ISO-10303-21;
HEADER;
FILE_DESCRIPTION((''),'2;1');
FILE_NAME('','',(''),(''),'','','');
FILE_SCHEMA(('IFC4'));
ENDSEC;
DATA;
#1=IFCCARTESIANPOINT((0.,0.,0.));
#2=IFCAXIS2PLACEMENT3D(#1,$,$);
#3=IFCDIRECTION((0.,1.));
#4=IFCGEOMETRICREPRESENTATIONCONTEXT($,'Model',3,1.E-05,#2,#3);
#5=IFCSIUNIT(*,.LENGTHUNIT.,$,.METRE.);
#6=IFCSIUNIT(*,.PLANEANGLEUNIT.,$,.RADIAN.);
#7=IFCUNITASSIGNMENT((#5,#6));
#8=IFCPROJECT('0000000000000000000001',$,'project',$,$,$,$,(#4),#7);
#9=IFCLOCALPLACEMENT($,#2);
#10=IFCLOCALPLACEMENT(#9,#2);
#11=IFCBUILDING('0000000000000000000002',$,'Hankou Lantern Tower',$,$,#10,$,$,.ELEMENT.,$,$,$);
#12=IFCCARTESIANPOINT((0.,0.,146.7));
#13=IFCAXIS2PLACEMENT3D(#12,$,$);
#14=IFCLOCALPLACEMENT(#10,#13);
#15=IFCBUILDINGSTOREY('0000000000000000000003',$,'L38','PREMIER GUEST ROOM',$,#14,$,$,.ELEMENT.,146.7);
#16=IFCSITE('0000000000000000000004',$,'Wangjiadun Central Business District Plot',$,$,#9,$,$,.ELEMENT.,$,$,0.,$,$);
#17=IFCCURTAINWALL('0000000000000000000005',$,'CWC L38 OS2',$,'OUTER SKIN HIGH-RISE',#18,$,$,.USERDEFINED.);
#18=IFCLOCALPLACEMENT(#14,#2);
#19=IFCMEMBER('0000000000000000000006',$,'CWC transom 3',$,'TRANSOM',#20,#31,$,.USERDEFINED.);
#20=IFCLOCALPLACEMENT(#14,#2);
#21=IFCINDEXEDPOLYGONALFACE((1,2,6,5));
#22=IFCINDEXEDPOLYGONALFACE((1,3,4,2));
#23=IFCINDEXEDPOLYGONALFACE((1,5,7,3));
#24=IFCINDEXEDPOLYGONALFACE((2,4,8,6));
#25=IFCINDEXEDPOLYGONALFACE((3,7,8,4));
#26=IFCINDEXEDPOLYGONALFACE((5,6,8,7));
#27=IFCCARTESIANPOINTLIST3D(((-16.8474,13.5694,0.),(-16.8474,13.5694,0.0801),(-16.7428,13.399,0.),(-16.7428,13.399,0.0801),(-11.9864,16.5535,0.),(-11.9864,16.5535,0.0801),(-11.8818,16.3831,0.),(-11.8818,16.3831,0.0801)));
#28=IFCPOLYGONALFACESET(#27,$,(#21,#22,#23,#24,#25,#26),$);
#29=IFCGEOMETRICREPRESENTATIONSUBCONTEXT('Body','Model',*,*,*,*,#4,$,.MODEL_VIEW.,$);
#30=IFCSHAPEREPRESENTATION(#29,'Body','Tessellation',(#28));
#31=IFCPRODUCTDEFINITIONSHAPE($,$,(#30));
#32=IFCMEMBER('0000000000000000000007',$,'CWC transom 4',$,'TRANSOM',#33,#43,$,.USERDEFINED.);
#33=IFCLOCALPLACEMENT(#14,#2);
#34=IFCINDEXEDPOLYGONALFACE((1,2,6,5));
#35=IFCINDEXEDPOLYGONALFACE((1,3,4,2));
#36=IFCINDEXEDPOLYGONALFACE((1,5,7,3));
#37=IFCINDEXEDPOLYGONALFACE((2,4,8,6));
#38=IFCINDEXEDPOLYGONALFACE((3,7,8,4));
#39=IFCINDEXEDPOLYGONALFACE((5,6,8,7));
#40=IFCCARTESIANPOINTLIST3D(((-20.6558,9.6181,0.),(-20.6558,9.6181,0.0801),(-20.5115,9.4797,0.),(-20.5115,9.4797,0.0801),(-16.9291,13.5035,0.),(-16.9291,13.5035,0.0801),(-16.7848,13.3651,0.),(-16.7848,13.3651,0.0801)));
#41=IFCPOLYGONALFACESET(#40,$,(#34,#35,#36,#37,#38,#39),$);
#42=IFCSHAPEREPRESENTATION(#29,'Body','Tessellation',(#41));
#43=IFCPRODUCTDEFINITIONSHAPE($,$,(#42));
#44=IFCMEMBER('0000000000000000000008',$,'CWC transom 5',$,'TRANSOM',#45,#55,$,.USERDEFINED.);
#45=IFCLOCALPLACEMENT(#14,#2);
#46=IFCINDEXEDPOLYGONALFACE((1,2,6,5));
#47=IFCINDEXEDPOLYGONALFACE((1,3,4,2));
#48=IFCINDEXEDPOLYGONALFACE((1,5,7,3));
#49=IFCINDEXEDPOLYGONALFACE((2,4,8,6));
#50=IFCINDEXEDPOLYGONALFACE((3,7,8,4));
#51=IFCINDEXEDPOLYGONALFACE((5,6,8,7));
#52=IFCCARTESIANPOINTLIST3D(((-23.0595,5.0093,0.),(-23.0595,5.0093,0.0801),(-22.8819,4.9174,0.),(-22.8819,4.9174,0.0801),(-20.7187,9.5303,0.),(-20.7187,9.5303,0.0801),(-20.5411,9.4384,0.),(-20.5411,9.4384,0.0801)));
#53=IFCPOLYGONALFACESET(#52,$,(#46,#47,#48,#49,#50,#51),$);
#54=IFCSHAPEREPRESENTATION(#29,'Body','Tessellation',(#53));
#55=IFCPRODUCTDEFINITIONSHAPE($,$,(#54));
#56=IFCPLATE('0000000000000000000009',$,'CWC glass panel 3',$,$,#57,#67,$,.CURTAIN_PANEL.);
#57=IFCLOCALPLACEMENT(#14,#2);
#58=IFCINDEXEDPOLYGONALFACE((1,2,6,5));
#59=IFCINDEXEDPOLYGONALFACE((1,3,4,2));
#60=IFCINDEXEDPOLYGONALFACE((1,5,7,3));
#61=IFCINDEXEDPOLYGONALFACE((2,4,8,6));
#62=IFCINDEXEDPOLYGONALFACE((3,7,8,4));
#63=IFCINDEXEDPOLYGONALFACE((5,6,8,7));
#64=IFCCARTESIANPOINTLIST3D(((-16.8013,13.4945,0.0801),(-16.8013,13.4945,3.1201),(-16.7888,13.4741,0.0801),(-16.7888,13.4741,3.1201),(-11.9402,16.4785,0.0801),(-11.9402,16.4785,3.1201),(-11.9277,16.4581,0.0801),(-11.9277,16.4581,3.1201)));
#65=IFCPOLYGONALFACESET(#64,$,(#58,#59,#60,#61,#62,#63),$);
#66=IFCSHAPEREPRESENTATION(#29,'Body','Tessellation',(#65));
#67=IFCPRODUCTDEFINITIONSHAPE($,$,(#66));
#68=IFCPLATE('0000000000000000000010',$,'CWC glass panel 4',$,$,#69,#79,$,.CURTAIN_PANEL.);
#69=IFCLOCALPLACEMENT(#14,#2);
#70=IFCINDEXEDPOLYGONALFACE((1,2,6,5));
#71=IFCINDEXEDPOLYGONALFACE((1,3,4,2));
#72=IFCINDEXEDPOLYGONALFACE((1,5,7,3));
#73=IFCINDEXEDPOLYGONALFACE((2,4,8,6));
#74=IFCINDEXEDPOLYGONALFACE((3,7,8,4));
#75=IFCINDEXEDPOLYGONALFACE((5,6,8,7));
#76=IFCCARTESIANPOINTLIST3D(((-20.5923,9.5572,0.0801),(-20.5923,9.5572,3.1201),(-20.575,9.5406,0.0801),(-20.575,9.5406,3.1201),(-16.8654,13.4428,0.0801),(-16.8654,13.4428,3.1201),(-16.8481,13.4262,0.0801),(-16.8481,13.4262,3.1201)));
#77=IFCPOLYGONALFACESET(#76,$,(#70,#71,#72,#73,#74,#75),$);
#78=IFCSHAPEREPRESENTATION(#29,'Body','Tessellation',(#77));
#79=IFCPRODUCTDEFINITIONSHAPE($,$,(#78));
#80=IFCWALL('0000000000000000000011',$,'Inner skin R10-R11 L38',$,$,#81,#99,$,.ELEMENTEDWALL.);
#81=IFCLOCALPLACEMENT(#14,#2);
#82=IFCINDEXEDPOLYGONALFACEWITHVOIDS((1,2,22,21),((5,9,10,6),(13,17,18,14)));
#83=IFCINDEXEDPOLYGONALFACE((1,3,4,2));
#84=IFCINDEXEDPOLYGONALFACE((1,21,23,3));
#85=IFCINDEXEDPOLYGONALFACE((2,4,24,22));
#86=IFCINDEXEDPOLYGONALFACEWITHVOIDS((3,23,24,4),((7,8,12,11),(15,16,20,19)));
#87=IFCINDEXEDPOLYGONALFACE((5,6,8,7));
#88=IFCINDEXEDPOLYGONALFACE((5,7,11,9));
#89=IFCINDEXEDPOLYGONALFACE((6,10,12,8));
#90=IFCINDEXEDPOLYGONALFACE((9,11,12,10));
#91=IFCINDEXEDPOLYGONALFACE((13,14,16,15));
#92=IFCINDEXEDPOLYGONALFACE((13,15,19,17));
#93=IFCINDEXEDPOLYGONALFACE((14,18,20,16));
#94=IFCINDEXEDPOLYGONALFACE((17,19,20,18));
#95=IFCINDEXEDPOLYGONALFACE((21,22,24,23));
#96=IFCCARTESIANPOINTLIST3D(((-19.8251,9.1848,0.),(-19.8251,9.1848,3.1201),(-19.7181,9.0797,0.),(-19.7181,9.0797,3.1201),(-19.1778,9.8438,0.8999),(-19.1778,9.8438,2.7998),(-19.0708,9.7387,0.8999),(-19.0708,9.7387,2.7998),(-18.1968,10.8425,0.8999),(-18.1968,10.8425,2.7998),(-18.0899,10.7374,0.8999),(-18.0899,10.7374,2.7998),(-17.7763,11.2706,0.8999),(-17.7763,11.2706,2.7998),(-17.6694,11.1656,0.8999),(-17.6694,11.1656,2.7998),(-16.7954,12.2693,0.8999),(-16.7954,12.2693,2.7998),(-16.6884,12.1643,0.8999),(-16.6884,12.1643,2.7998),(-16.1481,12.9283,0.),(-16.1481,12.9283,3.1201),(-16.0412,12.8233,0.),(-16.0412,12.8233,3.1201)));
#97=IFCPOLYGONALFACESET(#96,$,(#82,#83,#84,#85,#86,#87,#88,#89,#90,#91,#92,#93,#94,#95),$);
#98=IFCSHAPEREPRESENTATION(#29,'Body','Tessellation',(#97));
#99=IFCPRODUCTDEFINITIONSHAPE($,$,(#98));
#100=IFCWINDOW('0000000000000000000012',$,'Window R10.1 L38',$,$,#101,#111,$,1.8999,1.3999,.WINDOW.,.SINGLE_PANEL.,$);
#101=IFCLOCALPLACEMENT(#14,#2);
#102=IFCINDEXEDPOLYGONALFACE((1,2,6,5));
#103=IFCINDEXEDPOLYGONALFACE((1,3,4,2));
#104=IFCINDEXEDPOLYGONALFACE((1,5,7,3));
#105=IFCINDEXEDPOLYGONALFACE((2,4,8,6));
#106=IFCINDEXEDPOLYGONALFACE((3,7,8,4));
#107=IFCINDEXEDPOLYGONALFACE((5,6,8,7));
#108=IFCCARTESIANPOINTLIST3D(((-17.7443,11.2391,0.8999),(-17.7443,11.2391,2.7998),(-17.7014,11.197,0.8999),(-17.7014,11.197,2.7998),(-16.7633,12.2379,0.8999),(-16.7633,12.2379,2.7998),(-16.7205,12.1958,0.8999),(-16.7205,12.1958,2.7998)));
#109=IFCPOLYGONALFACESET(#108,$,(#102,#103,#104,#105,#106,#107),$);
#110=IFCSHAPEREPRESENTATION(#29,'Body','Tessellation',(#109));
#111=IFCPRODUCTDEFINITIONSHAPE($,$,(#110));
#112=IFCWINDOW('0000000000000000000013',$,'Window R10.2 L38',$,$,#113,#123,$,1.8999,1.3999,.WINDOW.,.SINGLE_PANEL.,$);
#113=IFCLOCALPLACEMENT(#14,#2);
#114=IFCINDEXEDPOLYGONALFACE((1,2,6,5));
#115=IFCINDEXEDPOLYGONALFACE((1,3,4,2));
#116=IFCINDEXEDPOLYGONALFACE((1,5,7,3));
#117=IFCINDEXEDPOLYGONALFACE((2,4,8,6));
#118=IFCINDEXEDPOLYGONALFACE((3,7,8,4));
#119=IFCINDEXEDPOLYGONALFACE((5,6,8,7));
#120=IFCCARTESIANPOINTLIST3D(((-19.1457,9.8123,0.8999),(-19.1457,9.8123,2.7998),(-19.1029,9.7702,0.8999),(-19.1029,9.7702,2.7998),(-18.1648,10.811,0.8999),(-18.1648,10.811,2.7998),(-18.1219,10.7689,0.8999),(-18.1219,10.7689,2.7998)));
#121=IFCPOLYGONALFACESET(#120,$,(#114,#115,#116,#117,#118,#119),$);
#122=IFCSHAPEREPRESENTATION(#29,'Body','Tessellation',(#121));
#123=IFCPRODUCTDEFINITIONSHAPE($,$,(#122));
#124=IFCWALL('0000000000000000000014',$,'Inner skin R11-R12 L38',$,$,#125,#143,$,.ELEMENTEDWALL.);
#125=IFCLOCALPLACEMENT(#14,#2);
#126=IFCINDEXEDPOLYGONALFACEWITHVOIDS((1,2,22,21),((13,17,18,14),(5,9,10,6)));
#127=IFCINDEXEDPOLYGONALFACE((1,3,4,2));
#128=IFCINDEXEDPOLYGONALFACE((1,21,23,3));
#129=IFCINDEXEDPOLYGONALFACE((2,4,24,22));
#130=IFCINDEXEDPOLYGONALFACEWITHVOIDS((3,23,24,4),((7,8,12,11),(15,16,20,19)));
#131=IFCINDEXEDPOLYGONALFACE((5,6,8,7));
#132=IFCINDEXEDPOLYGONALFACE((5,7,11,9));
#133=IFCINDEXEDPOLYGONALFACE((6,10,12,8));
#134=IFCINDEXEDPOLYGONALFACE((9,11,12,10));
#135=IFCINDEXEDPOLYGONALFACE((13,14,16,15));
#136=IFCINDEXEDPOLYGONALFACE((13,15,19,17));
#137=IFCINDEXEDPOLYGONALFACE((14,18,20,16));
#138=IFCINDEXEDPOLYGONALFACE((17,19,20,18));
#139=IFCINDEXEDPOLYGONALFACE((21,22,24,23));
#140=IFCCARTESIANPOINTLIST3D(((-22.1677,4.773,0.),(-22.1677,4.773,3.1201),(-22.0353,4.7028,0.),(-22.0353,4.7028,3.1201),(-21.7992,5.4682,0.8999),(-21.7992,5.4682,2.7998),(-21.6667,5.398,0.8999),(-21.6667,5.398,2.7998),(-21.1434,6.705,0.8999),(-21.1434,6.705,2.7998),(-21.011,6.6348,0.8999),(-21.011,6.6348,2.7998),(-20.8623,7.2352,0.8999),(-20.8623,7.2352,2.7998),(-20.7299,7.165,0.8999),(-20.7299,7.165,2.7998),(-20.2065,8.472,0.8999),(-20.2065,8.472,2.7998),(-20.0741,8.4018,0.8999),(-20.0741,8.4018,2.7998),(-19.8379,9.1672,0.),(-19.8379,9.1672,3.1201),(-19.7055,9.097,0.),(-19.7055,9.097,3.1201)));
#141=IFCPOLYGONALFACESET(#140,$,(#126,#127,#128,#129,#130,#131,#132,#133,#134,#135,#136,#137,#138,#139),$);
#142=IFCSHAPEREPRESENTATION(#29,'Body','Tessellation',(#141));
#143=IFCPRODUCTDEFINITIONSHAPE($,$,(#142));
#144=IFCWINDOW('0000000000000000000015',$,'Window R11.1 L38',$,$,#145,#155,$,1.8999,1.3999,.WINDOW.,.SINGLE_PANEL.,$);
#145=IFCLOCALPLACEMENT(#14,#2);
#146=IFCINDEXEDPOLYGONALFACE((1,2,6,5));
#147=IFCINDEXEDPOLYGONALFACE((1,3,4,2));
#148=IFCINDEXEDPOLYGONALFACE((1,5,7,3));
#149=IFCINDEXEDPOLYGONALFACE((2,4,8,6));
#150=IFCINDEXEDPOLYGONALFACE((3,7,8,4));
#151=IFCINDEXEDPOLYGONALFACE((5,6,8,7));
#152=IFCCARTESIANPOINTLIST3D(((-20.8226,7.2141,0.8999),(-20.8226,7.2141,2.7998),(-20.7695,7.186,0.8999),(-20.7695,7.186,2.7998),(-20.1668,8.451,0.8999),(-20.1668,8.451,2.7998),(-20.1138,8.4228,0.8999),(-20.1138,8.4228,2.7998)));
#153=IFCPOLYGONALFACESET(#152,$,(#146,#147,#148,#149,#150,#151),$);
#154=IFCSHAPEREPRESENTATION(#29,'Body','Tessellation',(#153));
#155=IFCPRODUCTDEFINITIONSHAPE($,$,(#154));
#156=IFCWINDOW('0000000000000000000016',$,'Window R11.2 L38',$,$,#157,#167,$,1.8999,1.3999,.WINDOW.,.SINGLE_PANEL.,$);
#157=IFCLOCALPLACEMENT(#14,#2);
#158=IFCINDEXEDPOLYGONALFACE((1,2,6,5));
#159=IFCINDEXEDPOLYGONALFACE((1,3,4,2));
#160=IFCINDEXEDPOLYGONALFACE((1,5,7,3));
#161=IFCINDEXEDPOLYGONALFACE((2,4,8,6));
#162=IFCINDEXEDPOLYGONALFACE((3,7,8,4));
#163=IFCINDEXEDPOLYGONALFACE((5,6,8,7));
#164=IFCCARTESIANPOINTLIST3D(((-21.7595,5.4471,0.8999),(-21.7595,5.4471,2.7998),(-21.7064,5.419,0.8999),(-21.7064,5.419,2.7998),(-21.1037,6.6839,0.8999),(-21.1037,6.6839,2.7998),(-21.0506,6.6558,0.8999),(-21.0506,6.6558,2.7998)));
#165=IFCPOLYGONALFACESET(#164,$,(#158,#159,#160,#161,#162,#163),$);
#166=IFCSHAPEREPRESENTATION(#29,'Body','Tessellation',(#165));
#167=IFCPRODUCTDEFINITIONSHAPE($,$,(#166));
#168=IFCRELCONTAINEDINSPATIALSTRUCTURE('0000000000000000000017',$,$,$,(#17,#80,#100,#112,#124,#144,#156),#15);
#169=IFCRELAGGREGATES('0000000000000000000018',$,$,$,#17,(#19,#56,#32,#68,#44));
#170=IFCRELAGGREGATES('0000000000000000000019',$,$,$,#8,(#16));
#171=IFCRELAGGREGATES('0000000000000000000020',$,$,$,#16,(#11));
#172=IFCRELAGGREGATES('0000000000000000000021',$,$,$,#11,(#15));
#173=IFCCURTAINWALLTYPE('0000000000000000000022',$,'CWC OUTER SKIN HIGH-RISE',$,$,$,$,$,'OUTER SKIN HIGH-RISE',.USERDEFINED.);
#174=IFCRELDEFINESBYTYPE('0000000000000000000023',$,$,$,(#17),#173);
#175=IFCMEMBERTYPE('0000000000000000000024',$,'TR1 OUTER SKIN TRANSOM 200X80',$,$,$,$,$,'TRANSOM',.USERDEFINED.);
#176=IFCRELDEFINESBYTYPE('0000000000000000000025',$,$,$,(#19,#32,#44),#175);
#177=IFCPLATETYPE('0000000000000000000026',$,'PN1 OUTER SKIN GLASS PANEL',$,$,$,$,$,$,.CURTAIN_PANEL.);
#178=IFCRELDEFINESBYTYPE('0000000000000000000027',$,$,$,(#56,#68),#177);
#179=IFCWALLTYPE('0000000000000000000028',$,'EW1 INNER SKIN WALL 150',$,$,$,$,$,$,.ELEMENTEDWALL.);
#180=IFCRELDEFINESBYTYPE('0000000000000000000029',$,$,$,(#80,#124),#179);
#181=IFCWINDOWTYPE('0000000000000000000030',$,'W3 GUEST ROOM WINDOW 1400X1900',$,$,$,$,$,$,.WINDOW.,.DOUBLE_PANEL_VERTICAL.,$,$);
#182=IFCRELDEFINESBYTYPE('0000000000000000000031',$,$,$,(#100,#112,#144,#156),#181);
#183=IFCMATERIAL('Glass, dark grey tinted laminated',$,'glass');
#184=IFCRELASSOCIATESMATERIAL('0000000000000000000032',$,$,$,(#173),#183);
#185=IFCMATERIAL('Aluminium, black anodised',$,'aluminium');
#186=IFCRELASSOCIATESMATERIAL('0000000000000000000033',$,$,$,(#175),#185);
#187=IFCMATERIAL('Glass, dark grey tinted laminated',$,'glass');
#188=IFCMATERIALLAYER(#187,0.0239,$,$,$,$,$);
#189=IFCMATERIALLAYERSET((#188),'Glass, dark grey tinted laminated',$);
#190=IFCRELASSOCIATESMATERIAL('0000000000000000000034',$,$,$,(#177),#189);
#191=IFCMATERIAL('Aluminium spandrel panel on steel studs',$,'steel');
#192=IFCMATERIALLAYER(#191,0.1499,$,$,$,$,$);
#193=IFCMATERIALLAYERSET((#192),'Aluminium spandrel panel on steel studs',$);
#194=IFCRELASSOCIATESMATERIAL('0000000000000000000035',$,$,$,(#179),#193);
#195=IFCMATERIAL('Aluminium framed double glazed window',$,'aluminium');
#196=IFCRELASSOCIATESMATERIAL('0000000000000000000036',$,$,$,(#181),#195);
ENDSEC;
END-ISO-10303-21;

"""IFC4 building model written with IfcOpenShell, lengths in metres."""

from ifc_helpers import new_model, si_unit, direction, frame, frame_2d, origin, origin_2d, place, context, subcontext, project, spatial, rectangle, extrude, material, layer, layer_set, material_profile, profile_set, type_object, element, fill, aggregate, save


model = new_model("IFC4")

# Units and contexts
model_context = context("Model", 3, precision=1e-05, world=origin(), true_north=direction((0.0, 1.0)))
body_context = subcontext(model_context, "Body", "Model", "MODEL_VIEW")
ifc_project = project(units=[si_unit("LENGTHUNIT", "METRE"), si_unit("PLANEANGLEUNIT", "RADIAN")], contexts=[model_context])

# Site, building, storey
site_placement = place(None, origin())
site = spatial("IfcSite", under=ifc_project, at=site_placement, Name="Wangjiadun Central Business District Plot", CompositionType="ELEMENT", RefElevation=0.0)
building_placement = place(site_placement, origin())
building = spatial("IfcBuilding", under=site, at=building_placement, Name="Hankou Lantern Tower", CompositionType="ELEMENT")
storey_placement = place(building_placement, frame((0.0, 0.0, 146.7)))
storey = spatial("IfcBuildingStorey", under=building, at=storey_placement, Name="L38", Description="PREMIER GUEST ROOM", CompositionType="ELEMENT", Elevation=146.7)

# Curtain wall
ifc_material_1 = material(Name="Glass, dark grey tinted laminated", Category="glass")
curtain_wall_type = type_object("IfcCurtainWallType", Name="CWC OUTER SKIN HIGH-RISE", ElementType="OUTER SKIN HIGH-RISE", PredefinedType="USERDEFINED", material=ifc_material_1)
curtain_wall_placement = place(storey_placement, origin())
curtain_wall = element("IfcCurtainWall", 1, at=curtain_wall_placement, inside=storey, type_object=curtain_wall_type, Name="CWC L38 OS2", ObjectType="OUTER SKIN HIGH-RISE", PredefinedType="USERDEFINED")

# Members
ifc_material_2 = material(Name="Aluminium, black anodised", Category="aluminium")
ifc_material_profile_1 = material_profile(ifc_material_2, rectangle(XDim=0.2, YDim=0.0801, at=origin_2d()), Name="TR1 200X80")
ifc_profile_set_1 = profile_set([ifc_material_profile_1], Name="Aluminium, black anodised")
member_type_1 = type_object("IfcMemberType", Name="TR1 OUTER SKIN TRANSOM 200X80", ElementType="TRANSOM", PredefinedType="USERDEFINED", material=ifc_profile_set_1)
member_1_placement = place(storey_placement, frame((-11.9341, 16.4683, 0.04), z_axis=(-0.852229, -0.523168, 0.0), x_axis=(0.523168, -0.852229, 0.0)))
member_1 = element("IfcMember", 2, at=member_1_placement, type_object=member_type_1, Name="CWC transom 3", ObjectType="TRANSOM", PredefinedType="USERDEFINED", context=body_context, shape_type="SweptSolid", body=[
    extrude(rectangle(XDim=0.2, YDim=0.0801, at=origin_2d()), origin(), (0.0, 0.0, 1.0), 5.7039),
])
member_2_placement = place(storey_placement, frame((-16.8569, 13.4343, 0.04), z_axis=(-0.692216, -0.721691, 0.0), x_axis=(0.721691, -0.692216, 0.0)))
member_2 = element("IfcMember", 3, at=member_2_placement, type_object=member_type_1, Name="CWC transom 4", ObjectType="TRANSOM", PredefinedType="USERDEFINED", context=body_context, shape_type="SweptSolid", body=[
    extrude(rectangle(XDim=0.2, YDim=0.0801, at=origin_2d()), origin(), (0.0, 0.0, 1.0), 5.3838),
])
member_3_placement = place(storey_placement, frame((-20.6299, 9.4844, 0.04), z_axis=(-0.459791, -0.888027, 0.0), x_axis=(0.888027, -0.459791, 0.0)))
member_3 = element("IfcMember", 4, at=member_3_placement, type_object=member_type_1, Name="CWC transom 5", ObjectType="TRANSOM", PredefinedType="USERDEFINED", context=body_context, shape_type="SweptSolid", body=[
    extrude(rectangle(XDim=0.2, YDim=0.0801, at=origin_2d()), origin(), (0.0, 0.0, 1.0), 5.0911),
])

# Plates
ifc_material_3 = material(Name="Glass, dark grey tinted laminated", Category="glass")
ifc_layer_1 = layer(ifc_material_3, 0.0239)
ifc_layer_set_1 = layer_set([ifc_layer_1], Name="Glass, dark grey tinted laminated")
plate_type = type_object("IfcPlateType", Name="PN1 OUTER SKIN GLASS PANEL", PredefinedType="CURTAIN_PANEL", material=ifc_layer_set_1)
plate_1_placement = place(storey_placement, frame((-14.3645, 14.9763, 0.0801), z_axis=(0.0, 0.0, 1.0), x_axis=(-0.852237, -0.523156, 0.0)))
plate_1 = element("IfcPlate", 5, at=plate_1_placement, type_object=plate_type, Name="CWC glass panel 3", PredefinedType="CURTAIN_PANEL", context=body_context, shape_type="SweptSolid", body=[
    extrude(rectangle(XDim=5.7039, YDim=0.0239, at=origin_2d()), origin(), (0.0, 0.0, 1.0), 3.04),
])
plate_2_placement = place(storey_placement, frame((-18.7202, 11.4917, 0.0801), z_axis=(0.0, 0.0, 1.0), x_axis=(-0.692216, -0.721691, 0.0)))
plate_2 = element("IfcPlate", 6, at=plate_2_placement, type_object=plate_type, Name="CWC glass panel 4", PredefinedType="CURTAIN_PANEL", context=body_context, shape_type="SweptSolid", body=[
    extrude(rectangle(XDim=5.384, YDim=0.0239, at=origin_2d()), origin(), (0.0, 0.0, 1.0), 3.04),
])
aggregate(curtain_wall, [member_1, plate_1, member_2, plate_2, member_3])

# Walls, openings, windows
ifc_material_4 = material(Name="Aluminium spandrel panel on steel studs", Category="steel")
ifc_layer_2 = layer(ifc_material_4, 0.1499)
ifc_layer_set_2 = layer_set([ifc_layer_2], Name="Aluminium spandrel panel on steel studs")
wall_type_1 = type_object("IfcWallType", Name="EW1 INNER SKIN WALL 150", PredefinedType="ELEMENTEDWALL", material=ifc_layer_set_2)
wall_1_placement = place(storey_placement, frame((-16.0947, 12.8757, 0.0), z_axis=(0.0, 0.0, 1.0), x_axis=(-0.700727, -0.713429, 0.0)))
wall_1 = element("IfcWall", 7, at=wall_1_placement, inside=storey, type_object=wall_type_1, Name="Inner skin R10-R11 L38", PredefinedType="ELEMENTEDWALL", context=body_context, shape_type="SweptSolid", body=[
    extrude(rectangle(XDim=5.2473, YDim=0.1499, at=frame_2d((2.6235, 0.0))), origin(), (0.0, 0.0, 1.0), 3.1201),
])
opening_1_placement = place(wall_1_placement, frame((0.9236, 0.0, 0.8999)))
opening_1 = element("IfcOpeningElement", 8, at=opening_1_placement, cuts=wall_1, PredefinedType="OPENING", context=body_context, shape_type="SweptSolid", body=[
    extrude(rectangle(XDim=1.3999, YDim=1.8999, at=frame_2d((0.7, 0.95))), frame((0.0, 0.085, 0.0), z_axis=(0.0, -1.0, 0.0), x_axis=(1.0, 0.0, 0.0)), (0.0, 0.0, 1.0), 0.1699),
])
opening_2_placement = place(wall_1_placement, frame((2.9236, 0.0, 0.8999)))
opening_2 = element("IfcOpeningElement", 9, at=opening_2_placement, cuts=wall_1, PredefinedType="OPENING", context=body_context, shape_type="SweptSolid", body=[
    extrude(rectangle(XDim=1.3999, YDim=1.8999, at=frame_2d((0.7, 0.95))), frame((0.0, 0.085, 0.0), z_axis=(0.0, -1.0, 0.0), x_axis=(1.0, 0.0, 0.0)), (0.0, 0.0, 1.0), 0.1699),
])
ifc_material_5 = material(Name="Aluminium framed double glazed window", Category="aluminium")
window_type = type_object("IfcWindowType", Name="W3 GUEST ROOM WINDOW 1400X1900", PartitioningType="DOUBLE_PANEL_VERTICAL", PredefinedType="WINDOW", material=ifc_material_5)
window_1_placement = place(opening_1_placement, origin())
window_1 = element("IfcWindow", 10, at=window_1_placement, inside=storey, type_object=window_type, Name="Window R10.1 L38", OverallHeight=1.8999, OverallWidth=1.3999, PartitioningType="SINGLE_PANEL", PredefinedType="WINDOW", context=body_context, shape_type="SweptSolid", body=[
    extrude(rectangle(XDim=1.3999, YDim=1.8999, at=frame_2d((0.7, 0.95))), frame((0.0, 0.03, 0.0), z_axis=(0.0, -1.0, 0.0), x_axis=(1.0, 0.0, 0.0)), (0.0, 0.0, 1.0), 0.0601),
])
fill(opening_1, window_1)
window_2_placement = place(opening_2_placement, origin())
window_2 = element("IfcWindow", 11, at=window_2_placement, inside=storey, type_object=window_type, Name="Window R10.2 L38", OverallHeight=1.8999, OverallWidth=1.3999, PartitioningType="SINGLE_PANEL", PredefinedType="WINDOW", context=body_context, shape_type="SweptSolid", body=[
    extrude(rectangle(XDim=1.3999, YDim=1.8999, at=frame_2d((0.7, 0.95))), frame((0.0, 0.03, 0.0), z_axis=(0.0, -1.0, 0.0), x_axis=(1.0, 0.0, 0.0)), (0.0, 0.0, 1.0), 0.0601),
])
fill(opening_2, window_2)
wall_2_placement = place(storey_placement, frame((-19.7717, 9.1321, 0.0), z_axis=(0.0, 0.0, 1.0), x_axis=(-0.468429, -0.883501, 0.0)))
wall_2 = element("IfcWall", 12, at=wall_2_placement, inside=storey, type_object=wall_type_1, Name="Inner skin R11-R12 L38", PredefinedType="ELEMENTEDWALL", context=body_context, shape_type="SweptSolid", body=[
    extrude(rectangle(XDim=4.9736, YDim=0.1499, at=frame_2d((2.4868, 0.0))), origin(), (0.0, 0.0, 1.0), 3.1201),
])
opening_3_placement = place(wall_2_placement, frame((0.7869, 0.0, 0.8999)))
opening_3 = element("IfcOpeningElement", 13, at=opening_3_placement, cuts=wall_2, PredefinedType="OPENING", context=body_context, shape_type="SweptSolid", body=[
    extrude(rectangle(XDim=1.3999, YDim=1.8999, at=frame_2d((0.7, 0.95))), frame((0.0, 0.085, 0.0), z_axis=(0.0, -1.0, 0.0), x_axis=(1.0, 0.0, 0.0)), (0.0, 0.0, 1.0), 0.1699),
])
opening_4_placement = place(wall_2_placement, frame((2.7869, 0.0, 0.8999)))
opening_4 = element("IfcOpeningElement", 14, at=opening_4_placement, cuts=wall_2, PredefinedType="OPENING", context=body_context, shape_type="SweptSolid", body=[
    extrude(rectangle(XDim=1.3999, YDim=1.8999, at=frame_2d((0.7, 0.95))), frame((0.0, 0.085, 0.0), z_axis=(0.0, -1.0, 0.0), x_axis=(1.0, 0.0, 0.0)), (0.0, 0.0, 1.0), 0.1699),
])
window_3_placement = place(opening_3_placement, origin())
window_3 = element("IfcWindow", 15, at=window_3_placement, inside=storey, type_object=window_type, Name="Window R11.1 L38", OverallHeight=1.8999, OverallWidth=1.3999, PartitioningType="SINGLE_PANEL", PredefinedType="WINDOW", context=body_context, shape_type="SweptSolid", body=[
    extrude(rectangle(XDim=1.3999, YDim=1.8999, at=frame_2d((0.7, 0.95))), frame((0.0, 0.03, 0.0), z_axis=(0.0, -1.0, 0.0), x_axis=(1.0, 0.0, 0.0)), (0.0, 0.0, 1.0), 0.0601),
])
fill(opening_3, window_3)
window_4_placement = place(opening_4_placement, origin())
window_4 = element("IfcWindow", 16, at=window_4_placement, inside=storey, type_object=window_type, Name="Window R11.2 L38", OverallHeight=1.8999, OverallWidth=1.3999, PartitioningType="SINGLE_PANEL", PredefinedType="WINDOW", context=body_context, shape_type="SweptSolid", body=[
    extrude(rectangle(XDim=1.3999, YDim=1.8999, at=frame_2d((0.7, 0.95))), frame((0.0, 0.03, 0.0), z_axis=(0.0, -1.0, 0.0), x_axis=(1.0, 0.0, 0.0)), (0.0, 0.0, 1.0), 0.0601),
])
fill(opening_4, window_4)

save(model, "model.ifc")
